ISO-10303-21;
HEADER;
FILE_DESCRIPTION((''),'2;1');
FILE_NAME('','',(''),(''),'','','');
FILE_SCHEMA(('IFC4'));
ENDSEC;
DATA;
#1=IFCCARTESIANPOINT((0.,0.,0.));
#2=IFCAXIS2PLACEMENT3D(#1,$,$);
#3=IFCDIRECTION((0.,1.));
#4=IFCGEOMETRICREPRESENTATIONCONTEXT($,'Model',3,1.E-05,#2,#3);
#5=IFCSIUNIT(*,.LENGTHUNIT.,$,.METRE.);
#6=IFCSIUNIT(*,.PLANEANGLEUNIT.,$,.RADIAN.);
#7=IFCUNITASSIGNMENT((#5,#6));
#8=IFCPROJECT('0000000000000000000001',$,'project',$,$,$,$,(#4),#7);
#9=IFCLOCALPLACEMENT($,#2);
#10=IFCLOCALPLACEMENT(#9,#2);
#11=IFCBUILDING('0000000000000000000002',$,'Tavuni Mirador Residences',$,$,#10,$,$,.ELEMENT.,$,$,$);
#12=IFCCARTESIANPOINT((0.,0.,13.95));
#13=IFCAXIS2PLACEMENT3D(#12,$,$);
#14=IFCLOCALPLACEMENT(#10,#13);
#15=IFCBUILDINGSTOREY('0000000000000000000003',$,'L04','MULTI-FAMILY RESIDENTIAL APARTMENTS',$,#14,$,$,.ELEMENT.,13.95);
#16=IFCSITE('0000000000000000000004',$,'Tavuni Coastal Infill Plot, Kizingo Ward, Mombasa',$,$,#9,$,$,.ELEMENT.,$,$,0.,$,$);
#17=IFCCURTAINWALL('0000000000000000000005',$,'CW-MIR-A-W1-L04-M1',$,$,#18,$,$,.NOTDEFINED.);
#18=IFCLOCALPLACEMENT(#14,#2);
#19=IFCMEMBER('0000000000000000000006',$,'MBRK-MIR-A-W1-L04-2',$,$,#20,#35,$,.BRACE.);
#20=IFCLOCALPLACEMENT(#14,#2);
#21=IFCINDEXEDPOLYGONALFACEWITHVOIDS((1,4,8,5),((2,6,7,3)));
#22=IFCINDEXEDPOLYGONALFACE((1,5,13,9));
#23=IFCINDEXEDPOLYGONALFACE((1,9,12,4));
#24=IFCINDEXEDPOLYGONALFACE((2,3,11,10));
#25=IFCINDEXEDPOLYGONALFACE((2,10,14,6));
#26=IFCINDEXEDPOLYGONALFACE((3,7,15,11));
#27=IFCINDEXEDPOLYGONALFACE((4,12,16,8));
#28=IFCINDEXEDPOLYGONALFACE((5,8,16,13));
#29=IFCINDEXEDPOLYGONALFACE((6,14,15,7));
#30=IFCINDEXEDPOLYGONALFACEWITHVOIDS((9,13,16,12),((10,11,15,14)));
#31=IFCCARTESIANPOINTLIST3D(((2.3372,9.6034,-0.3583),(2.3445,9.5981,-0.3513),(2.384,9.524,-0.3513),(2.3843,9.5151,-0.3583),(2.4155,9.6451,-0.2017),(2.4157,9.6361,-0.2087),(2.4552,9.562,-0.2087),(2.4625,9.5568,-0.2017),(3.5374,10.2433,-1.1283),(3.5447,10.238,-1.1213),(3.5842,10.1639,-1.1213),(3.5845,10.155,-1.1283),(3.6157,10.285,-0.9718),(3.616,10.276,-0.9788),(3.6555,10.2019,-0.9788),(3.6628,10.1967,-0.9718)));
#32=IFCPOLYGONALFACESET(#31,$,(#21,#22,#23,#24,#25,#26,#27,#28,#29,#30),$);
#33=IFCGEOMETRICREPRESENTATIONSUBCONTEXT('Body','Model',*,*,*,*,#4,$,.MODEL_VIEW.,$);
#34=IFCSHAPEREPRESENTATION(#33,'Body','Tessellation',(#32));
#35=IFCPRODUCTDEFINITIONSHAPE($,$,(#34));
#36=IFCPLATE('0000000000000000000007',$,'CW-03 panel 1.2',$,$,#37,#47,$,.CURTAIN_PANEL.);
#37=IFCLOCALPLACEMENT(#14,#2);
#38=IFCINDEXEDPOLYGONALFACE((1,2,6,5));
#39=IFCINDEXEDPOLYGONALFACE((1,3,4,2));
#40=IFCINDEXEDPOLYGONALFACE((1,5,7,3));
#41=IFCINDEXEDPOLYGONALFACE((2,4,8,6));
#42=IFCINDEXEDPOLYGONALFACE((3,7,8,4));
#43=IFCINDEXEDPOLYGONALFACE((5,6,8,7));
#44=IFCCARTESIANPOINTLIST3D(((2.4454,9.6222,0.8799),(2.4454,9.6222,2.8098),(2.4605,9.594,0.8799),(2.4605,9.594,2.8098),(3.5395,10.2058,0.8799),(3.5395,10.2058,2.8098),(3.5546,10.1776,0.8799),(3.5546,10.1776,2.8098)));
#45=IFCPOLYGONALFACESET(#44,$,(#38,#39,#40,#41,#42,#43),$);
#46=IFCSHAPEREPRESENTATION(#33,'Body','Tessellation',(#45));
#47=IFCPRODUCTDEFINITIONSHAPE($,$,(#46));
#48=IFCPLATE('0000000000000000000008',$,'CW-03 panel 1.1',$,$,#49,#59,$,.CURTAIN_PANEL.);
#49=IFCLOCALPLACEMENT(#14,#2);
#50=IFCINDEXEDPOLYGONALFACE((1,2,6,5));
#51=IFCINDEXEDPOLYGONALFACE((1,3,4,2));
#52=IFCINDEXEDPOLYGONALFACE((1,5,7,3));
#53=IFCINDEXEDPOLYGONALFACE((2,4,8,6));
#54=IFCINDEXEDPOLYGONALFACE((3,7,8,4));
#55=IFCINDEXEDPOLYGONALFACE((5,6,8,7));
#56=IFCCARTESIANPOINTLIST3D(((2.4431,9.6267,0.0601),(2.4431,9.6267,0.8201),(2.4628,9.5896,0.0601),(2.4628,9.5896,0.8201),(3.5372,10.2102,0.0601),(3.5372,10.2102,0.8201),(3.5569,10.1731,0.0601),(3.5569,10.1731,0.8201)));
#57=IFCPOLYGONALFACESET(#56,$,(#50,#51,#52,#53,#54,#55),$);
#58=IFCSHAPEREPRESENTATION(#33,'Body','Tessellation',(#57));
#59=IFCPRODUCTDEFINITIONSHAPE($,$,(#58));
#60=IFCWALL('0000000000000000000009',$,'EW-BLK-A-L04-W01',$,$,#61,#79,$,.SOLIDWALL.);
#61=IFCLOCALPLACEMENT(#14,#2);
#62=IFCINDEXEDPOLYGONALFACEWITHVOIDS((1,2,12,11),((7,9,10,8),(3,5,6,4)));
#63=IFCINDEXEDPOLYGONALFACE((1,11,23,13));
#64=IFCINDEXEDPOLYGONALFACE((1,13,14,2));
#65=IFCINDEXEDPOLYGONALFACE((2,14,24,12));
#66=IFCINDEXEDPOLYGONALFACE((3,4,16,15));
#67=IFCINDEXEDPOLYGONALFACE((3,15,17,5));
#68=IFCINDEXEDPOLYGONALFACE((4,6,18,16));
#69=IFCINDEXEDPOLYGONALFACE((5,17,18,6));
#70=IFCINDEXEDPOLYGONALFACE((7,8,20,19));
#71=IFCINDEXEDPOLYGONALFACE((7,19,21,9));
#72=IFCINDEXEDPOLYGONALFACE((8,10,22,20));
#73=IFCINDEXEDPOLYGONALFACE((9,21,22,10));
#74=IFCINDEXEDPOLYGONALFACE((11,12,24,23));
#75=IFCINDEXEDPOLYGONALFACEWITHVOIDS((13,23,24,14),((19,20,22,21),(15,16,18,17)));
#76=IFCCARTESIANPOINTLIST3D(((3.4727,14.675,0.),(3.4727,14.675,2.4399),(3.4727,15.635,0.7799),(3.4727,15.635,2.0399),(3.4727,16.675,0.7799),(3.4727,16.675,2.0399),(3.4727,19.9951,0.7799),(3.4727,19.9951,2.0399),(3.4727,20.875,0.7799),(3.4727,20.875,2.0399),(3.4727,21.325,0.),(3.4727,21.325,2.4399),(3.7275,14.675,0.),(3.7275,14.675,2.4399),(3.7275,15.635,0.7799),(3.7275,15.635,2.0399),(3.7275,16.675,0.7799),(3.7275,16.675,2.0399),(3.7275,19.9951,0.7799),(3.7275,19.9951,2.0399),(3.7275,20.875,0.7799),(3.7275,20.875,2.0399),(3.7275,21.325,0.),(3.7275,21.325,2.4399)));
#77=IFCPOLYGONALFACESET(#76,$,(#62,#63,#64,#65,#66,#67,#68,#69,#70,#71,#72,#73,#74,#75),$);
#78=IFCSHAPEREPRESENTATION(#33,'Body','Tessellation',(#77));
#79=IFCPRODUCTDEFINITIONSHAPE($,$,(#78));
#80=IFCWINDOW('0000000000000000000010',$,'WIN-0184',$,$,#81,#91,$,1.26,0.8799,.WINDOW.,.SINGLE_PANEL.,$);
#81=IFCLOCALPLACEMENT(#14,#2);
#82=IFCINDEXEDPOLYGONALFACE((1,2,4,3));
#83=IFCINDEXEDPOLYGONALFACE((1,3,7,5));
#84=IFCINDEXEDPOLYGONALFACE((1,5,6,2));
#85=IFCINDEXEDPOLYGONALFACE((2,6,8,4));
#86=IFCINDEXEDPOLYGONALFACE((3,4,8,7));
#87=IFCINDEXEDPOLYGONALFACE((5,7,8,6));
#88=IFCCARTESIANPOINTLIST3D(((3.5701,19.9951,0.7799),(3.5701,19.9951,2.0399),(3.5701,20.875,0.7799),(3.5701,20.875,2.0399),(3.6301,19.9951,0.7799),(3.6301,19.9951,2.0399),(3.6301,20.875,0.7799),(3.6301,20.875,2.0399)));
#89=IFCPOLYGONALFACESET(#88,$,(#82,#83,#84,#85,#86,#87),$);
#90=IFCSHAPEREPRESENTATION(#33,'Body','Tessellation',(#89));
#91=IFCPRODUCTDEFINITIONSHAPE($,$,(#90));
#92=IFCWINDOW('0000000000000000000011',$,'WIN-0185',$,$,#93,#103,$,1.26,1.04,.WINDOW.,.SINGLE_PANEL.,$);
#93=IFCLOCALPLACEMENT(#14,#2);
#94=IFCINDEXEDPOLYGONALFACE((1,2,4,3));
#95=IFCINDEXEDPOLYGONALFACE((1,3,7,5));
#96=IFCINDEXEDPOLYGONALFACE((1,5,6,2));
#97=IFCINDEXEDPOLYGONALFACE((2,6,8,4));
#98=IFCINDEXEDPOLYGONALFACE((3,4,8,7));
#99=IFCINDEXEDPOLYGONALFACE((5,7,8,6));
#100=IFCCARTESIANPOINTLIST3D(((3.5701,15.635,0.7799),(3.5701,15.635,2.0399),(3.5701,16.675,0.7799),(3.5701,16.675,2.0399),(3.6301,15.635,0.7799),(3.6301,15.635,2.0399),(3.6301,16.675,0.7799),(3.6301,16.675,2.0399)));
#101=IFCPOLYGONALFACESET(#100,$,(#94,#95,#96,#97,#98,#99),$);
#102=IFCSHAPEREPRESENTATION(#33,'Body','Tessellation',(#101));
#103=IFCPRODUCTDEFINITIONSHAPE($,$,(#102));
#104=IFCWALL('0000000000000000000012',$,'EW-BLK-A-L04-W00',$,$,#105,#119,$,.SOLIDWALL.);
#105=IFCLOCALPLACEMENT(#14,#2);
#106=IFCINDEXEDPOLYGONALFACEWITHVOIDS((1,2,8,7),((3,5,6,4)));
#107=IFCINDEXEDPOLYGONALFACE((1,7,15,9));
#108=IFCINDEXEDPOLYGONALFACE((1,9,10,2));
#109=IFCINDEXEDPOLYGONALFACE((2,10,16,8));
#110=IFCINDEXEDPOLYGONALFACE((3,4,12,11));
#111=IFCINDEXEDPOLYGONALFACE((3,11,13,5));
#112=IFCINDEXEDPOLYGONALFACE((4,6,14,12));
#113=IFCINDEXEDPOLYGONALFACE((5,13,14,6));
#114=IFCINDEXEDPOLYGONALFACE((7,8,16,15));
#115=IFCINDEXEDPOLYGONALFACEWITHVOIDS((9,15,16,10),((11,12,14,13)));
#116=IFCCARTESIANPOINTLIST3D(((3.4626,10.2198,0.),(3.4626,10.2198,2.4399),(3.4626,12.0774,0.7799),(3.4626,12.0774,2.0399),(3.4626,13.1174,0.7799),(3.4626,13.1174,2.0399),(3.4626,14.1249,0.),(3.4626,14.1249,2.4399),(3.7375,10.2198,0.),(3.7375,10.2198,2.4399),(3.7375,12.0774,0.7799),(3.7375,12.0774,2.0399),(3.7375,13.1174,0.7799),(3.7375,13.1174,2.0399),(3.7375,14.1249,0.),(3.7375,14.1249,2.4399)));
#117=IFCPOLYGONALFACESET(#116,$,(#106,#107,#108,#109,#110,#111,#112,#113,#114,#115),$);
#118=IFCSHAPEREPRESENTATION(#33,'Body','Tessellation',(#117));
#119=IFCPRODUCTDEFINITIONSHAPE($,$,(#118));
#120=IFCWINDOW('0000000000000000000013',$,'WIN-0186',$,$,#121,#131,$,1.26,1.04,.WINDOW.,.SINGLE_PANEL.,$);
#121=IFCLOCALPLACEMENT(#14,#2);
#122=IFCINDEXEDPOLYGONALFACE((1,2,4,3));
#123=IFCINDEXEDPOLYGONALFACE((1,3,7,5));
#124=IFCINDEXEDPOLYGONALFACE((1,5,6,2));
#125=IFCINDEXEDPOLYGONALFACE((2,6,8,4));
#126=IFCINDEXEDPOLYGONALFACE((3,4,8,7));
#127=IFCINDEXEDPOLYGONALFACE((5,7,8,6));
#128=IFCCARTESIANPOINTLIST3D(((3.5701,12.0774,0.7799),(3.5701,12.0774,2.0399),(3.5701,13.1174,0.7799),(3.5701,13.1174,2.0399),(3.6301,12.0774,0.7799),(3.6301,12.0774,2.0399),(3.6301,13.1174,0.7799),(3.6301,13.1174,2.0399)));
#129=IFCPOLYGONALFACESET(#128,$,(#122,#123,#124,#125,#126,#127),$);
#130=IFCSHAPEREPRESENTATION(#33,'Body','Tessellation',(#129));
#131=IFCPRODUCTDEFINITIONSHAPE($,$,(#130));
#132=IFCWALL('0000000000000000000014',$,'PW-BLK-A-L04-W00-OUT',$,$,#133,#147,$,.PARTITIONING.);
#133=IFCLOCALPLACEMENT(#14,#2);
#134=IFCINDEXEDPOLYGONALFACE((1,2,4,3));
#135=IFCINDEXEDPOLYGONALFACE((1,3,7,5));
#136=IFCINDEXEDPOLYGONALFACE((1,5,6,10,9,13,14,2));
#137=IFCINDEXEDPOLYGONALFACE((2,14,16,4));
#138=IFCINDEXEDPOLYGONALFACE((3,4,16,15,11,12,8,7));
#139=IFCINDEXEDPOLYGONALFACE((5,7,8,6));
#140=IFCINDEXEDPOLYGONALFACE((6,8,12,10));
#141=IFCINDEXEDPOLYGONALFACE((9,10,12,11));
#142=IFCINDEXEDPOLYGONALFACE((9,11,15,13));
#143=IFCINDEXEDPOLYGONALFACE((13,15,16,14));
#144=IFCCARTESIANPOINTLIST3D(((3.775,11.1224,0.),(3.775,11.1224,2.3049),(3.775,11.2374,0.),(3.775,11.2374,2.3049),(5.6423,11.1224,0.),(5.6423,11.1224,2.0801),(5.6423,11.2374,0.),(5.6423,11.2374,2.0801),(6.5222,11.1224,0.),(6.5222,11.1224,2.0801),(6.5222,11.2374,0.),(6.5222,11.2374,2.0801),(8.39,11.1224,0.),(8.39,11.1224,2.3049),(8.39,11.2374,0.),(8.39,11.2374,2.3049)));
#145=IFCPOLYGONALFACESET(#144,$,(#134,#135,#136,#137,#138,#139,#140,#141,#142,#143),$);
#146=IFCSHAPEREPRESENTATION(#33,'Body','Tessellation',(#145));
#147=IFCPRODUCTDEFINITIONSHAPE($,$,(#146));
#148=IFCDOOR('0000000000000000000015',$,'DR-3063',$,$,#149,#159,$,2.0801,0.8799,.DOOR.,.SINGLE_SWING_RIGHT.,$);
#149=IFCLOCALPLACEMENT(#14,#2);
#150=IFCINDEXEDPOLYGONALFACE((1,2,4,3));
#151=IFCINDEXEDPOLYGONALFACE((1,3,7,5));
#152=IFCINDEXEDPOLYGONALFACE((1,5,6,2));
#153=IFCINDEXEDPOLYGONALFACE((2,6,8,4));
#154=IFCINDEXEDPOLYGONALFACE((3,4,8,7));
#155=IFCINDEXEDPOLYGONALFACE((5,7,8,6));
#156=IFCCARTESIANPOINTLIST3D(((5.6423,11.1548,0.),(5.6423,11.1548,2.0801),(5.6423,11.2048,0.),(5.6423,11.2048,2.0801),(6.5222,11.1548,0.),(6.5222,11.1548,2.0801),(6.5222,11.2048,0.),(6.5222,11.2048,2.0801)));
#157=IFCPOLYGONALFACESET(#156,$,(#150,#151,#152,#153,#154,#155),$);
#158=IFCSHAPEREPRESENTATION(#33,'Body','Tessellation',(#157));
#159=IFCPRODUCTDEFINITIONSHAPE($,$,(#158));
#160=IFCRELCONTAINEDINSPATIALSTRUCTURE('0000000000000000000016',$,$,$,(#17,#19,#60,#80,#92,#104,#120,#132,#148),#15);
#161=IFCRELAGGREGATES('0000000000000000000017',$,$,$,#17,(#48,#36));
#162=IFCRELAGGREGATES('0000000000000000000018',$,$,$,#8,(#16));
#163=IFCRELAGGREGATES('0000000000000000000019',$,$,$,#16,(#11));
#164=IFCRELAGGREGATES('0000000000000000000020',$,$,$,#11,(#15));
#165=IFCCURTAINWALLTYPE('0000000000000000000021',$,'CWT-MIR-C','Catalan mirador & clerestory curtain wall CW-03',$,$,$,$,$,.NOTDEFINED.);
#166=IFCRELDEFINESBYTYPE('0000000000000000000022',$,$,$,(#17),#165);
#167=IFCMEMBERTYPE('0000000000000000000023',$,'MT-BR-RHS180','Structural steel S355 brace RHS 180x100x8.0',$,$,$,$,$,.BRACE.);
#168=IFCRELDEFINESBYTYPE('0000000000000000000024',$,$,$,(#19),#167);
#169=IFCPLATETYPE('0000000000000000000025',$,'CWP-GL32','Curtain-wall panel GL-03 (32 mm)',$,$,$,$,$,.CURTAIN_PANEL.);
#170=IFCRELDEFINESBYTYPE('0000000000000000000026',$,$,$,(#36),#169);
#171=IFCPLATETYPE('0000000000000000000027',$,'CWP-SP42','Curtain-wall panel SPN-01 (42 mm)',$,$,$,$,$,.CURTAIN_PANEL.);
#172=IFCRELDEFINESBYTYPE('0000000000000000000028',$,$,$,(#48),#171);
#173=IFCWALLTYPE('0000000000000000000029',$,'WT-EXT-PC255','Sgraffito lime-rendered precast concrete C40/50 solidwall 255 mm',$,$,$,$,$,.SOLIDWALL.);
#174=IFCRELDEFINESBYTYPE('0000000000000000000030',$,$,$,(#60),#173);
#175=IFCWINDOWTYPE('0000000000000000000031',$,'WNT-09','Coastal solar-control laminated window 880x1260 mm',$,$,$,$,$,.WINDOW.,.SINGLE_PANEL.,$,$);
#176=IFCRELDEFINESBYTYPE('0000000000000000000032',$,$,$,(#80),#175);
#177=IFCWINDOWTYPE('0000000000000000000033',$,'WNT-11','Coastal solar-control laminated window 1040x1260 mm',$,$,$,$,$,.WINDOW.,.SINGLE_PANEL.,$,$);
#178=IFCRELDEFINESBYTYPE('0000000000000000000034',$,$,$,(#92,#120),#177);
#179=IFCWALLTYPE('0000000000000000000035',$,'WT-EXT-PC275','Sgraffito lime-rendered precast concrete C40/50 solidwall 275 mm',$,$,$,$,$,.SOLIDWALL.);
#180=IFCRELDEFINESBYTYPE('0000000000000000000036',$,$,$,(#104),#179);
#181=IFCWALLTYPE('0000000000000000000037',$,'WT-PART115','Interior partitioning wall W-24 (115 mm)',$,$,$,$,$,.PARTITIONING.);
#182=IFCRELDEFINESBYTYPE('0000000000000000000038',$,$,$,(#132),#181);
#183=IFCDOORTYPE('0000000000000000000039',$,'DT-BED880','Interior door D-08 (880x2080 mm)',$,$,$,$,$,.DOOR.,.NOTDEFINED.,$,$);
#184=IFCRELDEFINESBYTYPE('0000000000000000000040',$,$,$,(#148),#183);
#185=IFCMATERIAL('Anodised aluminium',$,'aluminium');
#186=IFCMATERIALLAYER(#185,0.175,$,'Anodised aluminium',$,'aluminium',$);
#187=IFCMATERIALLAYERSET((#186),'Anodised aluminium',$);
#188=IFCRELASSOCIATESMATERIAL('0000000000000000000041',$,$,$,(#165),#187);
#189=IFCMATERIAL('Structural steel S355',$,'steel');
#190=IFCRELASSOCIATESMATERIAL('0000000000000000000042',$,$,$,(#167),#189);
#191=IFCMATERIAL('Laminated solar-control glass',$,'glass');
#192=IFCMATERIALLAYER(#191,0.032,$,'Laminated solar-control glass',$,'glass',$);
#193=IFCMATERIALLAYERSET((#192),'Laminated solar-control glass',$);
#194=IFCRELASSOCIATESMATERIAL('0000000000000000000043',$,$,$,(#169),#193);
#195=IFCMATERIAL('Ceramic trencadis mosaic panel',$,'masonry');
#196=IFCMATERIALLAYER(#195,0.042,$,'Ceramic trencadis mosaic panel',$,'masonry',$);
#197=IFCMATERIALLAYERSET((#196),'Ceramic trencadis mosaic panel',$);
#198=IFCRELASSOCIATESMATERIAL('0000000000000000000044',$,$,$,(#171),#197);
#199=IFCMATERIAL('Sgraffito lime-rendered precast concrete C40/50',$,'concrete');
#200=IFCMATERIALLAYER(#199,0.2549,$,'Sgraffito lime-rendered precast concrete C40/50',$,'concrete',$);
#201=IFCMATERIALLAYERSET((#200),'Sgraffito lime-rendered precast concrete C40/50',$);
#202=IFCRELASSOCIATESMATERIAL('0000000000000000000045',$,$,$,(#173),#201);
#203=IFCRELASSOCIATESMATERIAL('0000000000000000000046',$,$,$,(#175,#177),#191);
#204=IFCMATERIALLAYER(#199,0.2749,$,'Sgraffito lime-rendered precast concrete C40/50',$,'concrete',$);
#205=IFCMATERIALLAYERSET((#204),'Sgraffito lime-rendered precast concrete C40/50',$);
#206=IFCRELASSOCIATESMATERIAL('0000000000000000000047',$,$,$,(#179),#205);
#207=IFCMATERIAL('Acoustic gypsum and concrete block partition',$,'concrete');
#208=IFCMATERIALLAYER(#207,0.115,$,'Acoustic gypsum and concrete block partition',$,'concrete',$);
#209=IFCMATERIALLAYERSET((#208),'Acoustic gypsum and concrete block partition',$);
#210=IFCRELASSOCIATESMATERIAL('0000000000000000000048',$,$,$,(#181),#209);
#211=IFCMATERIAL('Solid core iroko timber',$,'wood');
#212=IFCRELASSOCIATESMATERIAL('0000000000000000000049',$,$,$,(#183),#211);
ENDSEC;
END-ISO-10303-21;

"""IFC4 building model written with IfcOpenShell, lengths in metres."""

from ifc_helpers import new_model, si_unit, direction, frame, frame_2d, origin, origin_2d, place, context, subcontext, project, spatial, rectangle, hollow_rectangle, extrude, material, layer, layer_set, material_profile, profile_set, type_object, element, fill, aggregate, save


model = new_model("IFC4")

# Units and contexts
model_context = context("Model", 3, precision=1e-05, world=origin(), true_north=direction((0.0, 1.0)))
body_context = subcontext(model_context, "Body", "Model", "MODEL_VIEW")
ifc_project = project(units=[si_unit("LENGTHUNIT", "METRE"), si_unit("PLANEANGLEUNIT", "RADIAN")], contexts=[model_context])

# Site, building, storey
site_placement = place(None, origin())
site = spatial("IfcSite", under=ifc_project, at=site_placement, Name="Tavuni Coastal Infill Plot, Kizingo Ward, Mombasa", CompositionType="ELEMENT", RefElevation=0.0)
building_placement = place(site_placement, origin())
building = spatial("IfcBuilding", under=site, at=building_placement, Name="Tavuni Mirador Residences", CompositionType="ELEMENT")
storey_placement = place(building_placement, frame((0.0, 0.0, 13.95)))
storey = spatial("IfcBuildingStorey", under=building, at=storey_placement, Name="L04", Description="MULTI-FAMILY RESIDENTIAL APARTMENTS", CompositionType="ELEMENT", Elevation=13.95)

# Curtain wall
ifc_material_1 = material(Name="Anodised aluminium", Category="aluminium")
ifc_layer_1 = layer(ifc_material_1, 0.175, Name="Anodised aluminium", Category="aluminium")
ifc_layer_set_1 = layer_set([ifc_layer_1], Name="Anodised aluminium")
curtain_wall_type_1 = type_object("IfcCurtainWallType", Name="CWT-MIR-C", Description="Catalan mirador & clerestory curtain wall CW-03", PredefinedType="NOTDEFINED", material=ifc_layer_set_1)
curtain_wall_1_placement = place(storey_placement, origin())
curtain_wall_1 = element("IfcCurtainWall", 1, at=curtain_wall_1_placement, inside=storey, type_object=curtain_wall_type_1, Name="CW-MIR-A-W1-L04-M1", PredefinedType="NOTDEFINED")

# Member
ifc_material_2 = material(Name="Structural steel S355", Category="steel")
ifc_material_profile_1 = material_profile(ifc_material_2, hollow_rectangle(XDim=0.1001, YDim=0.1799, WallThickness=0.0081, at=origin_2d()), Name="RHS 180x100x8.0", Category="steel")
ifc_profile_set_1 = profile_set([ifc_material_profile_1], Name="Structural steel S355")
member_type_1 = type_object("IfcMemberType", Name="MT-BR-RHS180", Description="Structural steel S355 brace RHS 180x100x8.0", PredefinedType="BRACE", material=ifc_profile_set_1)
member_1_placement = place(storey_placement, frame((3.6001, 10.22, -1.05), z_axis=(-0.767896, -0.409409, 0.492666), x_axis=(0.470467, -0.882418, 0.0)))
element("IfcMember", 2, at=member_1_placement, inside=storey, type_object=member_type_1, Name="MBRK-MIR-A-W1-L04-2", PredefinedType="BRACE", context=body_context, shape_type="SweptSolid", body=[
    extrude(hollow_rectangle(XDim=0.1001, YDim=0.1799, WallThickness=0.0081, at=origin_2d()), origin(), (0.0, 0.0, 1.0), 1.563),
])

# Plates
ifc_material_3 = material(Name="Laminated solar-control glass", Category="glass")
ifc_layer_2 = layer(ifc_material_3, 0.032, Name="Laminated solar-control glass", Category="glass")
ifc_layer_set_2 = layer_set([ifc_layer_2], Name="Laminated solar-control glass")
plate_type_1 = type_object("IfcPlateType", Name="CWP-GL32", Description="Curtain-wall panel GL-03 (32 mm)", PredefinedType="CURTAIN_PANEL", material=ifc_layer_set_2)
plate_1_placement = place(storey_placement, frame((3.0, 9.8999, 0.8799), z_axis=(0.0, 0.0, 1.0), x_axis=(-0.882353, -0.470588, 0.0)))
plate_1 = element("IfcPlate", 3, at=plate_1_placement, type_object=plate_type_1, Name="CW-03 panel 1.2", PredefinedType="CURTAIN_PANEL", context=body_context, shape_type="SweptSolid", body=[
    extrude(rectangle(XDim=1.24, YDim=0.032, at=origin_2d()), origin(), (0.0, 0.0, 1.0), 1.9299),
])
ifc_material_4 = material(Name="Ceramic trencadis mosaic panel", Category="masonry")
ifc_layer_3 = layer(ifc_material_4, 0.042, Name="Ceramic trencadis mosaic panel", Category="masonry")
ifc_layer_set_3 = layer_set([ifc_layer_3], Name="Ceramic trencadis mosaic panel")
plate_type_2 = type_object("IfcPlateType", Name="CWP-SP42", Description="Curtain-wall panel SPN-01 (42 mm)", PredefinedType="CURTAIN_PANEL", material=ifc_layer_set_3)
plate_2_placement = place(storey_placement, frame((3.0, 9.8999, 0.0601), z_axis=(0.0, 0.0, 1.0), x_axis=(-0.882353, -0.470588, 0.0)))
plate_2 = element("IfcPlate", 4, at=plate_2_placement, type_object=plate_type_2, Name="CW-03 panel 1.1", PredefinedType="CURTAIN_PANEL", context=body_context, shape_type="SweptSolid", body=[
    extrude(rectangle(XDim=1.24, YDim=0.042, at=origin_2d()), origin(), (0.0, 0.0, 1.0), 0.76),
])
aggregate(curtain_wall_1, [plate_2, plate_1])

# Wall, openings, windows
ifc_material_5 = material(Name="Sgraffito lime-rendered precast concrete C40/50", Category="concrete")
ifc_layer_4 = layer(ifc_material_5, 0.2549, Name="Sgraffito lime-rendered precast concrete C40/50", Category="concrete")
ifc_layer_set_4 = layer_set([ifc_layer_4], Name="Sgraffito lime-rendered precast concrete C40/50")
wall_type_1 = type_object("IfcWallType", Name="WT-EXT-PC255", Description="Sgraffito lime-rendered precast concrete C40/50 solidwall 255 mm", PredefinedType="SOLIDWALL", material=ifc_layer_set_4)
wall_1_placement = place(storey_placement, frame((3.6001, 21.325, 0.0), z_axis=(0.0, 0.0, 1.0), x_axis=(0.0, -1.0, 0.0)))
wall_1 = element("IfcWall", 5, at=wall_1_placement, inside=storey, type_object=wall_type_1, Name="EW-BLK-A-L04-W01", PredefinedType="SOLIDWALL", context=body_context, shape_type="SweptSolid", body=[
    extrude(rectangle(XDim=6.6499, YDim=0.2549, at=frame_2d((3.325, 0.0))), origin(), (0.0, 0.0, 1.0), 2.4399),
])
opening_1_placement = place(wall_1_placement, frame((0.45, 0.0, 0.78)))
opening_1 = element("IfcOpeningElement", 6, at=opening_1_placement, cuts=wall_1, PredefinedType="OPENING", context=body_context, shape_type="SweptSolid", body=[
    extrude(rectangle(XDim=0.8799, YDim=1.26, at=frame_2d((0.4399, 0.6299))), frame((0.0, 0.1375, 0.0), z_axis=(0.0, -1.0, 0.0), x_axis=(1.0, 0.0, 0.0)), (0.0, 0.0, 1.0), 0.2749),
])
opening_2_placement = place(wall_1_placement, frame((4.6499, 0.0, 0.78)))
opening_2 = element("IfcOpeningElement", 7, at=opening_2_placement, cuts=wall_1, PredefinedType="OPENING", context=body_context, shape_type="SweptSolid", body=[
    extrude(rectangle(XDim=1.04, YDim=1.26, at=frame_2d((0.52, 0.6299))), frame((0.0, 0.1375, 0.0), z_axis=(0.0, -1.0, 0.0), x_axis=(1.0, 0.0, 0.0)), (0.0, 0.0, 1.0), 0.2749),
])
window_type_1 = type_object("IfcWindowType", Name="WNT-09", Description="Coastal solar-control laminated window 880x1260 mm", PartitioningType="SINGLE_PANEL", PredefinedType="WINDOW", material=ifc_material_3)
window_1_placement = place(opening_1_placement, origin())
window_1 = element("IfcWindow", 8, at=window_1_placement, inside=storey, type_object=window_type_1, Name="WIN-0184", OverallHeight=1.26, OverallWidth=0.8799, PartitioningType="SINGLE_PANEL", PredefinedType="WINDOW", context=body_context, shape_type="SweptSolid", body=[
    extrude(rectangle(XDim=0.8799, YDim=1.26, at=frame_2d((0.4399, 0.6299))), frame((0.0, 0.03, 0.0), z_axis=(0.0, -1.0, 0.0), x_axis=(1.0, 0.0, 0.0)), (0.0, 0.0, 1.0), 0.0601),
])
fill(opening_1, window_1)
window_type_2 = type_object("IfcWindowType", Name="WNT-11", Description="Coastal solar-control laminated window 1040x1260 mm", PartitioningType="SINGLE_PANEL", PredefinedType="WINDOW", material=ifc_material_3)
window_2_placement = place(opening_2_placement, origin())
window_2 = element("IfcWindow", 9, at=window_2_placement, inside=storey, type_object=window_type_2, Name="WIN-0185", OverallHeight=1.26, OverallWidth=1.04, PartitioningType="SINGLE_PANEL", PredefinedType="WINDOW", context=body_context, shape_type="SweptSolid", body=[
    extrude(rectangle(XDim=1.04, YDim=1.26, at=frame_2d((0.52, 0.6299))), frame((0.0, 0.03, 0.0), z_axis=(0.0, -1.0, 0.0), x_axis=(1.0, 0.0, 0.0)), (0.0, 0.0, 1.0), 0.0601),
])
fill(opening_2, window_2)

# Wall, opening, window
ifc_layer_5 = layer(ifc_material_5, 0.2749, Name="Sgraffito lime-rendered precast concrete C40/50", Category="concrete")
ifc_layer_set_5 = layer_set([ifc_layer_5], Name="Sgraffito lime-rendered precast concrete C40/50")
wall_type_2 = type_object("IfcWallType", Name="WT-EXT-PC275", Description="Sgraffito lime-rendered precast concrete C40/50 solidwall 275 mm", PredefinedType="SOLIDWALL", material=ifc_layer_set_5)
wall_2_placement = place(storey_placement, frame((3.6001, 14.125, 0.0), z_axis=(0.0, 0.0, 1.0), x_axis=(0.0, -1.0, 0.0)))
wall_2 = element("IfcWall", 10, at=wall_2_placement, inside=storey, type_object=wall_type_2, Name="EW-BLK-A-L04-W00", PredefinedType="SOLIDWALL", context=body_context, shape_type="SweptSolid", body=[
    extrude(rectangle(XDim=3.905, YDim=0.2749, at=frame_2d((1.9526, 0.0))), origin(), (0.0, 0.0, 1.0), 2.4399),
])
opening_3_placement = place(wall_2_placement, frame((1.0076, 0.0, 0.78)))
opening_3 = element("IfcOpeningElement", 11, at=opening_3_placement, cuts=wall_2, PredefinedType="OPENING", context=body_context, shape_type="SweptSolid", body=[
    extrude(rectangle(XDim=1.04, YDim=1.26, at=frame_2d((0.52, 0.6299))), frame((0.0, 0.1475, 0.0), z_axis=(0.0, -1.0, 0.0), x_axis=(1.0, 0.0, 0.0)), (0.0, 0.0, 1.0), 0.2949),
])
window_3_placement = place(opening_3_placement, origin())
window_3 = element("IfcWindow", 12, at=window_3_placement, inside=storey, type_object=window_type_2, Name="WIN-0186", OverallHeight=1.26, OverallWidth=1.04, PartitioningType="SINGLE_PANEL", PredefinedType="WINDOW", context=body_context, shape_type="SweptSolid", body=[
    extrude(rectangle(XDim=1.04, YDim=1.26, at=frame_2d((0.52, 0.6299))), frame((0.0, 0.03, 0.0), z_axis=(0.0, -1.0, 0.0), x_axis=(1.0, 0.0, 0.0)), (0.0, 0.0, 1.0), 0.0601),
])
fill(opening_3, window_3)

# Wall, opening, door
ifc_material_6 = material(Name="Acoustic gypsum and concrete block partition", Category="concrete")
ifc_layer_6 = layer(ifc_material_6, 0.115, Name="Acoustic gypsum and concrete block partition", Category="concrete")
ifc_layer_set_6 = layer_set([ifc_layer_6], Name="Acoustic gypsum and concrete block partition")
wall_type_3 = type_object("IfcWallType", Name="WT-PART115", Description="Interior partitioning wall W-24 (115 mm)", PredefinedType="PARTITIONING", material=ifc_layer_set_6)
wall_3_placement = place(storey_placement, frame((3.7749, 11.1799, 0.0), z_axis=(0.0, 0.0, 1.0), x_axis=(1.0, 0.0, 0.0)))
wall_3 = element("IfcWall", 13, at=wall_3_placement, inside=storey, type_object=wall_type_3, Name="PW-BLK-A-L04-W00-OUT", PredefinedType="PARTITIONING", context=body_context, shape_type="SweptSolid", body=[
    extrude(rectangle(XDim=4.615, YDim=0.115, at=frame_2d((2.3076, 0.0))), origin(), (0.0, 0.0, 1.0), 2.3049),
])
opening_4_placement = place(wall_3_placement, frame((1.8674, 0.0, 0.0)))
opening_4 = element("IfcOpeningElement", 14, at=opening_4_placement, cuts=wall_3, PredefinedType="OPENING", context=body_context, shape_type="SweptSolid", body=[
    extrude(rectangle(XDim=0.8799, YDim=2.0801, at=frame_2d((0.4399, 1.04))), frame((0.0, 0.0674, 0.0), z_axis=(0.0, -1.0, 0.0), x_axis=(1.0, 0.0, 0.0)), (0.0, 0.0, 1.0), 0.135),
])
ifc_material_7 = material(Name="Solid core iroko timber", Category="wood")
door_type_1 = type_object("IfcDoorType", Name="DT-BED880", Description="Interior door D-08 (880x2080 mm)", OperationType="NOTDEFINED", PredefinedType="DOOR", material=ifc_material_7)
door_1_placement = place(opening_4_placement, origin())
door_1 = element("IfcDoor", 15, at=door_1_placement, inside=storey, type_object=door_type_1, Name="DR-3063", OperationType="SINGLE_SWING_RIGHT", OverallHeight=2.0801, OverallWidth=0.8799, PredefinedType="DOOR", context=body_context, shape_type="SweptSolid", body=[
    extrude(rectangle(XDim=0.8799, YDim=2.0801, at=frame_2d((0.4399, 1.04))), frame((0.0, 0.0249, 0.0), z_axis=(0.0, -1.0, 0.0), x_axis=(1.0, 0.0, 0.0)), (0.0, 0.0, 1.0), 0.05),
])
fill(opening_4, door_1)

save(model, "model.ifc")
